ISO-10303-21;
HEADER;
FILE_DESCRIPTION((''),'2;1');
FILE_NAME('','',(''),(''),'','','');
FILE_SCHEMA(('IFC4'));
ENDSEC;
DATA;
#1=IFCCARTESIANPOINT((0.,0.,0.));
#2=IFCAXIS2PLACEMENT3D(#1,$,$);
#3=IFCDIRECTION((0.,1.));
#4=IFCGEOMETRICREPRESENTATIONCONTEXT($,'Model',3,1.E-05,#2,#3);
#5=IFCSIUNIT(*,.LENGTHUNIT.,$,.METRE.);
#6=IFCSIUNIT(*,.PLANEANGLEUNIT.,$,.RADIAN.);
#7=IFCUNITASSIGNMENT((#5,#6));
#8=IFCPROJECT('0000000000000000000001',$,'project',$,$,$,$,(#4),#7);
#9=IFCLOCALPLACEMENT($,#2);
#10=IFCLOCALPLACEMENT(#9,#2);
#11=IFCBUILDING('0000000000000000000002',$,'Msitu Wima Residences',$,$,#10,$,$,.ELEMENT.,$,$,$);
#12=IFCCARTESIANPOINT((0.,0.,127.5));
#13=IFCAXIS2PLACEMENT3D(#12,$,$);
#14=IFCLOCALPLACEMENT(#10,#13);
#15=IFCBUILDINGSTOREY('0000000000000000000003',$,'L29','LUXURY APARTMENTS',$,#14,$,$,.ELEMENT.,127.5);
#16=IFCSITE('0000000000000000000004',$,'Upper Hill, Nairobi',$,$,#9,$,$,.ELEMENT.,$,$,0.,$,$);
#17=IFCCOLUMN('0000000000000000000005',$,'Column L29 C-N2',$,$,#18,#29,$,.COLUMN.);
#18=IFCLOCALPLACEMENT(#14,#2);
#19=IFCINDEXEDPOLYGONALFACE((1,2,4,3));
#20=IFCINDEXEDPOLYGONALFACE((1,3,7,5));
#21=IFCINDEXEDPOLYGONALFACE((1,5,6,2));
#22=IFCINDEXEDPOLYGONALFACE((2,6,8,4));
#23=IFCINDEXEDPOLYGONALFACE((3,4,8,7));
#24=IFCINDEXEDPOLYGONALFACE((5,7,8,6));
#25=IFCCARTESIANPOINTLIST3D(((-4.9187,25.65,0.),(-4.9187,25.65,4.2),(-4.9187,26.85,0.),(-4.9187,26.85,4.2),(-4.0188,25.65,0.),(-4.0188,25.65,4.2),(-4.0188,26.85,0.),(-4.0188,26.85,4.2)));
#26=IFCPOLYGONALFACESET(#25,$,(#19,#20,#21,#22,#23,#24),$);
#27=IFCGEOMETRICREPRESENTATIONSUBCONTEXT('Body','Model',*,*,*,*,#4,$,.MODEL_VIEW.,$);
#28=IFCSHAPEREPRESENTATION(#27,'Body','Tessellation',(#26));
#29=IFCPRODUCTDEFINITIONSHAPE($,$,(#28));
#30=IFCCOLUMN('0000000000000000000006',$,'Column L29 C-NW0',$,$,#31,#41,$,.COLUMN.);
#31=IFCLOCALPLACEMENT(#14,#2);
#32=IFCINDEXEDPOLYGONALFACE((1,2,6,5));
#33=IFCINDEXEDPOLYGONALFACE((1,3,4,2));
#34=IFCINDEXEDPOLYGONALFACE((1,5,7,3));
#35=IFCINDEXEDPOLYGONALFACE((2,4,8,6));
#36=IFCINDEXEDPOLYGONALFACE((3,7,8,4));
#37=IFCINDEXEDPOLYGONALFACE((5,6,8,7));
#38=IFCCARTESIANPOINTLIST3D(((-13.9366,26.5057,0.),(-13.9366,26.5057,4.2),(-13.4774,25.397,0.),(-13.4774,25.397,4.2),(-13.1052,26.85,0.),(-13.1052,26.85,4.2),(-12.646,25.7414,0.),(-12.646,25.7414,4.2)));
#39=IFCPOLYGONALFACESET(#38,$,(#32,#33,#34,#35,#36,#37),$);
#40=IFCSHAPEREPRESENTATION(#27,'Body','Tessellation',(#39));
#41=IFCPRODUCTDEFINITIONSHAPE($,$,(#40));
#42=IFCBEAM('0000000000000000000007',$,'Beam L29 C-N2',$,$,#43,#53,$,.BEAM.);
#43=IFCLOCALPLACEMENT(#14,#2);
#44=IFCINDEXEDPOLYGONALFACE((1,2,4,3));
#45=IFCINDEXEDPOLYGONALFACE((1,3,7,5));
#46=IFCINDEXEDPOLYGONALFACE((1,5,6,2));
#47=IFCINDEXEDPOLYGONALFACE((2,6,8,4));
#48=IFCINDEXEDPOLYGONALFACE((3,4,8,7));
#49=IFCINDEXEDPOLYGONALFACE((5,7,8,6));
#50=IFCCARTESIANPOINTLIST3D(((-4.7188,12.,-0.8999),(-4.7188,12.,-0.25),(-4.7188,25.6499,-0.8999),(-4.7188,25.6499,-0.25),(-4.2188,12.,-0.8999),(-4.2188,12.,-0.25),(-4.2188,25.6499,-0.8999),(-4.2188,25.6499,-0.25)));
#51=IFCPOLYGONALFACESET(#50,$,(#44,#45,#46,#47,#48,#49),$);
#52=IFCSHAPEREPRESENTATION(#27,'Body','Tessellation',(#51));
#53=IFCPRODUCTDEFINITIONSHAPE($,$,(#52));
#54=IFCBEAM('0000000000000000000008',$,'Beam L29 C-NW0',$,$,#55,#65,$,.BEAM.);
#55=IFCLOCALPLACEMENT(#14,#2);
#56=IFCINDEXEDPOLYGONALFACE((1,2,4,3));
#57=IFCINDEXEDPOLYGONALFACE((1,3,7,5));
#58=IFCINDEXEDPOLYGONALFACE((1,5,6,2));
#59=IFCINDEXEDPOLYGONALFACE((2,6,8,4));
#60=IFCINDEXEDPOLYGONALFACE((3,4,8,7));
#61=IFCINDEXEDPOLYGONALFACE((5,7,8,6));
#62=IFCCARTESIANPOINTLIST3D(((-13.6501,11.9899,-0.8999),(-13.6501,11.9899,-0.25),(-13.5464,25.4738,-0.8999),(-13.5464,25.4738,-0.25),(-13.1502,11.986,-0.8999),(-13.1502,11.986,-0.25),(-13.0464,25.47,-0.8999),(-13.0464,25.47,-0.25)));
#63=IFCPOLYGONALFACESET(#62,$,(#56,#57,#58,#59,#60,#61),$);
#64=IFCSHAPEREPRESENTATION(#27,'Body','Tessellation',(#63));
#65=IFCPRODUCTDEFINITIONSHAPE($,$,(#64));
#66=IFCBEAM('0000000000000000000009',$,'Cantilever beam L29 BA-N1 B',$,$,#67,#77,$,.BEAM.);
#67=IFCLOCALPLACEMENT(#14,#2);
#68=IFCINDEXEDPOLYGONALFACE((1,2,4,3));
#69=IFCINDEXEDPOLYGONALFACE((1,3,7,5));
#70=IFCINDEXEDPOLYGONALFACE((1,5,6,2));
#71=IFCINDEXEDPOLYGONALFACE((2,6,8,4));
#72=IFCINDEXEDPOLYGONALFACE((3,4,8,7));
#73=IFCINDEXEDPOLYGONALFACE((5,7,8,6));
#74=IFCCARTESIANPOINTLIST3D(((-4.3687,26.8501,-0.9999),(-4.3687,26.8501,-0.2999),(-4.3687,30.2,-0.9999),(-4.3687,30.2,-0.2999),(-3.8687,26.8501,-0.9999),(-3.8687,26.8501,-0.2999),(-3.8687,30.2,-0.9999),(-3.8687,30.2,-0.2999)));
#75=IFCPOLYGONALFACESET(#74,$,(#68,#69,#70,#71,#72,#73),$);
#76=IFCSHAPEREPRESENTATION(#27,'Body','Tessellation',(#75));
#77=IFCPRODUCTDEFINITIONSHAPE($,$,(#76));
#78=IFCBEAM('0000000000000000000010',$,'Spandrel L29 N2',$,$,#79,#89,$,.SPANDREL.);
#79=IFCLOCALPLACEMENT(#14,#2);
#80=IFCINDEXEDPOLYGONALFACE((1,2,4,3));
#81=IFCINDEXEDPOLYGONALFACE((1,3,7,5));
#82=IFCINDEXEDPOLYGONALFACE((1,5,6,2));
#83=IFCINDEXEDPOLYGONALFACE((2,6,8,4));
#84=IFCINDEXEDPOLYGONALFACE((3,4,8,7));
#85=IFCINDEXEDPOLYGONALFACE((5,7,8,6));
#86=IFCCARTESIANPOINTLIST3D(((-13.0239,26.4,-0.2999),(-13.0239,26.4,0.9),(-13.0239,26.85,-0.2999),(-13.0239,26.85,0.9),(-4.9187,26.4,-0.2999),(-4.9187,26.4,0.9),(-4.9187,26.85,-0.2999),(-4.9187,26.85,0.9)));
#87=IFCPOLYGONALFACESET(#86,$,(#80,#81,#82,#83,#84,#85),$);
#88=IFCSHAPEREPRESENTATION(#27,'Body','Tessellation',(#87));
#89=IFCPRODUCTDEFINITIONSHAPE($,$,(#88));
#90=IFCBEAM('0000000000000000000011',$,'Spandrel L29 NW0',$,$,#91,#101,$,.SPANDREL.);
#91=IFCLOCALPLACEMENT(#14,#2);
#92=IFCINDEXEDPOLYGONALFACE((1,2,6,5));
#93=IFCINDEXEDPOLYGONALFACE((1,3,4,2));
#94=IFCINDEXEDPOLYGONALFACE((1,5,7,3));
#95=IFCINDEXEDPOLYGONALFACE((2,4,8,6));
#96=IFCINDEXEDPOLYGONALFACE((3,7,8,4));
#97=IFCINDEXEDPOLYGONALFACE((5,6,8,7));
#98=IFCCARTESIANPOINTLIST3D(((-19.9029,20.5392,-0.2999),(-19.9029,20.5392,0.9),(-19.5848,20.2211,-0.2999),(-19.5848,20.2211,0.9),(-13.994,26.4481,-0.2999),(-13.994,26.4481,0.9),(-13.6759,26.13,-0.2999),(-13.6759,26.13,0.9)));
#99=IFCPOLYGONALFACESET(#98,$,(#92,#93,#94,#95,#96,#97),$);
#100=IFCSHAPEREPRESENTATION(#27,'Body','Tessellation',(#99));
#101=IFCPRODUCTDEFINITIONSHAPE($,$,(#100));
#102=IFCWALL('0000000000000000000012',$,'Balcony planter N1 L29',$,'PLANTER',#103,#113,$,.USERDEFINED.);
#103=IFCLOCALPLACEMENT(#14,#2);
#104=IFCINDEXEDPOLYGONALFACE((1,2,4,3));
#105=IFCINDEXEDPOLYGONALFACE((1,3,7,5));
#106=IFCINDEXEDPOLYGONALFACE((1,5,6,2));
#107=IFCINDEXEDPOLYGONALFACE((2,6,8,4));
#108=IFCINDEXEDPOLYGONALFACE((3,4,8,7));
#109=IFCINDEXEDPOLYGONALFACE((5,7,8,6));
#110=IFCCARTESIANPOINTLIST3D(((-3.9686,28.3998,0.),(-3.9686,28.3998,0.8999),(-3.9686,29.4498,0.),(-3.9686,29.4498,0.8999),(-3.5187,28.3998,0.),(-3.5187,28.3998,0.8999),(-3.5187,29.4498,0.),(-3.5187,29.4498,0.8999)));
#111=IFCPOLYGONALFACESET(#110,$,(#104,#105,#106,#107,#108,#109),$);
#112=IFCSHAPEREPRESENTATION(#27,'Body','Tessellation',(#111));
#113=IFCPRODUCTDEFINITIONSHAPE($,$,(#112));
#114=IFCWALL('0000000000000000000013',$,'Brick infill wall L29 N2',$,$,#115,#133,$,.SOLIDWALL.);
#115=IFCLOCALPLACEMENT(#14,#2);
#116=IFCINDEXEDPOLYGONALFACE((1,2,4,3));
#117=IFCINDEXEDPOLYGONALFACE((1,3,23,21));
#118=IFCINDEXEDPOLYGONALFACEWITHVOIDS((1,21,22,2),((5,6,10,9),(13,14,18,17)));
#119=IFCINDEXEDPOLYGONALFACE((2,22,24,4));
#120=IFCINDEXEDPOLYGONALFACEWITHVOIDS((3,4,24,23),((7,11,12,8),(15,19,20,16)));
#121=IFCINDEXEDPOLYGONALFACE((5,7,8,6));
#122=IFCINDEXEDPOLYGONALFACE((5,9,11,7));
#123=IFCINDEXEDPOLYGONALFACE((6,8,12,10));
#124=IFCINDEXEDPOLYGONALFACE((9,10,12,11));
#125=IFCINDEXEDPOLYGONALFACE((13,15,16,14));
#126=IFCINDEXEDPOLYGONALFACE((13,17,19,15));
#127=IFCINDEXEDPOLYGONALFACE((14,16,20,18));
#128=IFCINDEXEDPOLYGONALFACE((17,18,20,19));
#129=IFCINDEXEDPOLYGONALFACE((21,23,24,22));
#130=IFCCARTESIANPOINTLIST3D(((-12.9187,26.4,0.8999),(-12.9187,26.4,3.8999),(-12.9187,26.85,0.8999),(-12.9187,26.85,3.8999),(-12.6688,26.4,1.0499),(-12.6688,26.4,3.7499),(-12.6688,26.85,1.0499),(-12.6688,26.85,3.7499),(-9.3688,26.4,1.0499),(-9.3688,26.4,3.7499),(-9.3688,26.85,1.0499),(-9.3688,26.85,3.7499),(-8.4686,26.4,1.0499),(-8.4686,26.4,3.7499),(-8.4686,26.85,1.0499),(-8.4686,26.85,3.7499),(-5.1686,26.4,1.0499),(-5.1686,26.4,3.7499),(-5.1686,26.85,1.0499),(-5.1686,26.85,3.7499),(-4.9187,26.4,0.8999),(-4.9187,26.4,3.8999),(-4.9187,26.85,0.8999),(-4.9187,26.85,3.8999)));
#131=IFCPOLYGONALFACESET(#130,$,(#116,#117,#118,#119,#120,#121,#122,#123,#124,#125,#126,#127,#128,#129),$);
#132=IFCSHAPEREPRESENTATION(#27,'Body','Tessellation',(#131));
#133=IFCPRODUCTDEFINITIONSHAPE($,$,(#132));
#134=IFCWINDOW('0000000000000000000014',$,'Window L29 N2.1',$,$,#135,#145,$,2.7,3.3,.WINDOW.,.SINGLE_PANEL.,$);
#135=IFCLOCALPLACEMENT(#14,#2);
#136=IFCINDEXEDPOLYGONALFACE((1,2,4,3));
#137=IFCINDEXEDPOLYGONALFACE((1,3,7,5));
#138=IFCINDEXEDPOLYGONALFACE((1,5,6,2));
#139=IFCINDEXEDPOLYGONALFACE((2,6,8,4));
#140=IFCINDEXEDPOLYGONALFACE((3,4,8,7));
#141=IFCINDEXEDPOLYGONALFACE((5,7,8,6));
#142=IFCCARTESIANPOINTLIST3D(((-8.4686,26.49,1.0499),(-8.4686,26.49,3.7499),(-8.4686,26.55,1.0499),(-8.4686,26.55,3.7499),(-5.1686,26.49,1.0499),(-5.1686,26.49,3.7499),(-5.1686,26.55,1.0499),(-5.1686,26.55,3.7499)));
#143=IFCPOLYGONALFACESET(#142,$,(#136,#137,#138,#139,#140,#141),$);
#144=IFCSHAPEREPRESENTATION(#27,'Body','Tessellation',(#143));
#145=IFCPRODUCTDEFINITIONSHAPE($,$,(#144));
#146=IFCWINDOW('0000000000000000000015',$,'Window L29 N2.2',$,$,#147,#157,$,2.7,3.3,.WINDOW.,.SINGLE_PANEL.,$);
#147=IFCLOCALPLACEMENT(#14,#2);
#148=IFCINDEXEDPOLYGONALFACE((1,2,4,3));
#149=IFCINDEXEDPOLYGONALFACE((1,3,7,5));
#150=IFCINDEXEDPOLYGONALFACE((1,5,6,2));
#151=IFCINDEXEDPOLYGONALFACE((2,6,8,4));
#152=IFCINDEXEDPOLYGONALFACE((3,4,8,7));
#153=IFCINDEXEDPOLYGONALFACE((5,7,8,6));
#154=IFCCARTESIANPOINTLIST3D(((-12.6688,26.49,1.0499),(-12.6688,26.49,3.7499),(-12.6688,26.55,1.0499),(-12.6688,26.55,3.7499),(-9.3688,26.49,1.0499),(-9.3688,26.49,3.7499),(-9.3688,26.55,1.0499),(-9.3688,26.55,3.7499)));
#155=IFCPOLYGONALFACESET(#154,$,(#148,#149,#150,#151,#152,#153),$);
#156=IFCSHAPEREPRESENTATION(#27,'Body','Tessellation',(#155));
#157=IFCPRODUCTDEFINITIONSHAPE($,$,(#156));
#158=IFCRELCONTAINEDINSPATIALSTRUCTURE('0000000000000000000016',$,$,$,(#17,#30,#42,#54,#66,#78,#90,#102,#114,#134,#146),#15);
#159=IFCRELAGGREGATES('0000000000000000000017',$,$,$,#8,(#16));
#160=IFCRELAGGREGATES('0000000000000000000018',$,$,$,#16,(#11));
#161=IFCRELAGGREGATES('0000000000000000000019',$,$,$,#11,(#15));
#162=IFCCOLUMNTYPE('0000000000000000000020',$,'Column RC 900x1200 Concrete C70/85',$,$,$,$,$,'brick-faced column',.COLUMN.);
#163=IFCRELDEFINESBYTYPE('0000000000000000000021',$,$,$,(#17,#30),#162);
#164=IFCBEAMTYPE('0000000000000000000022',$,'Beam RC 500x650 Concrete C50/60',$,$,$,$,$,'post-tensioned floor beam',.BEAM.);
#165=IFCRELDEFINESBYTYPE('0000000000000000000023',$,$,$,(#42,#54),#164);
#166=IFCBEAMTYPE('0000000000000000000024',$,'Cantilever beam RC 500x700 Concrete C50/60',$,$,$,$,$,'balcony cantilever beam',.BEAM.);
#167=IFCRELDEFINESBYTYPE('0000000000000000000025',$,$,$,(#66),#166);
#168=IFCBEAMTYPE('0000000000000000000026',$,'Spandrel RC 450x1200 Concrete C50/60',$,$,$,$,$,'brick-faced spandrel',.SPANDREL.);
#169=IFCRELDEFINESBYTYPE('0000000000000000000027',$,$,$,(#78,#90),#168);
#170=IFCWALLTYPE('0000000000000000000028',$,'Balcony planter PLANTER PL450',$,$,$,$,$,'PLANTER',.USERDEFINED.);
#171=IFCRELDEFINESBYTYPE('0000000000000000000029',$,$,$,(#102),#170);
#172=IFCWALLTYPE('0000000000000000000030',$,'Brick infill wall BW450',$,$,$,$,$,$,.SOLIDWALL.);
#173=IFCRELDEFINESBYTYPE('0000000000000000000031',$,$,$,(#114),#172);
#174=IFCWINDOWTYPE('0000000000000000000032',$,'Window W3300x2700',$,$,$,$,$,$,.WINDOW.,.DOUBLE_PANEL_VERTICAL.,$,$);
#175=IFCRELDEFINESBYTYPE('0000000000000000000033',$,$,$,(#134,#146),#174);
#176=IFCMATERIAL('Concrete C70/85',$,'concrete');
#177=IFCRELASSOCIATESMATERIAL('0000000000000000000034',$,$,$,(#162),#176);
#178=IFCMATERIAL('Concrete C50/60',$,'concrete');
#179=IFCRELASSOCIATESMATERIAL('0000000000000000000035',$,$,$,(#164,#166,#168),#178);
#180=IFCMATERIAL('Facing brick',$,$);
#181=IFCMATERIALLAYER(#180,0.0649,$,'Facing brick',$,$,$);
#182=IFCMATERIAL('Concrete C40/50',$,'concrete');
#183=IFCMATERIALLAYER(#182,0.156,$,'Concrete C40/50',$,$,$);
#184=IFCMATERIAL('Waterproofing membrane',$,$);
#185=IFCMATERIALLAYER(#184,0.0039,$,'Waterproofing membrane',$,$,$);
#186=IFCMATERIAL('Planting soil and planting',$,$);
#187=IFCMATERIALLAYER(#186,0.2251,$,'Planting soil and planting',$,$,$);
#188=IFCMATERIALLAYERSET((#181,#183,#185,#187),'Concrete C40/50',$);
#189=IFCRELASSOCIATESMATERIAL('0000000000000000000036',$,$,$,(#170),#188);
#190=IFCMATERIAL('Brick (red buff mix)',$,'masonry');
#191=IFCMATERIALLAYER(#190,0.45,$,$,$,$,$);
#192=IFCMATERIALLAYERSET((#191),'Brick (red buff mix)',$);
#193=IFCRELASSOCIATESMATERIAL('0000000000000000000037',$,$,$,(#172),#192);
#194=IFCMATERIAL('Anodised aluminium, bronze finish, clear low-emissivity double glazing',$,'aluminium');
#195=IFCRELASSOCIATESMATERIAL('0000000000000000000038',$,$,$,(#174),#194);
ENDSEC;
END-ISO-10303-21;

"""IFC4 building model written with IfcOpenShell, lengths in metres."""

from ifc_helpers import new_model, si_unit, direction, frame, frame_2d, origin, origin_2d, place, context, subcontext, project, spatial, rectangle, extrude, material, layer, layer_set, material_profile, profile_set, type_object, element, fill, save


model = new_model("IFC4")

# Units and contexts
model_context = context("Model", 3, precision=1e-05, world=origin(), true_north=direction((0.0, 1.0)))
body_context = subcontext(model_context, "Body", "Model", "MODEL_VIEW")
ifc_project = project(units=[si_unit("LENGTHUNIT", "METRE"), si_unit("PLANEANGLEUNIT", "RADIAN")], contexts=[model_context])

# Site, building, storey
site_placement = place(None, origin())
site = spatial("IfcSite", under=ifc_project, at=site_placement, Name="Upper Hill, Nairobi", CompositionType="ELEMENT", RefElevation=0.0)
building_placement = place(site_placement, origin())
building = spatial("IfcBuilding", under=site, at=building_placement, Name="Msitu Wima Residences", CompositionType="ELEMENT")
storey_placement = place(building_placement, frame((0.0, 0.0, 127.5)))
storey = spatial("IfcBuildingStorey", under=building, at=storey_placement, Name="L29", Description="LUXURY APARTMENTS", CompositionType="ELEMENT", Elevation=127.5)

# Columns
ifc_material_1 = material(Name="Concrete C70/85", Category="concrete")
ifc_material_profile_1 = material_profile(ifc_material_1, rectangle(XDim=0.8999, YDim=1.2, at=origin_2d()), Name="RC 900x1200")
ifc_profile_set_1 = profile_set([ifc_material_profile_1], Name="Concrete C70/85")
column_type = type_object("IfcColumnType", Name="Column RC 900x1200 Concrete C70/85", ElementType="brick-faced column", PredefinedType="COLUMN", material=ifc_profile_set_1)
for number, where, z_axis, x_axis, name in (
    (1, (-4.4688, 26.25, 0.0), (0.0, 0.0, 1.0), (-1.0, 0.0, 0.0), "Column L29 C-N2"),
    (2, (-13.2913, 26.1235, 0.0), (0.0, 0.0, 1.0), (-0.92388, -0.382683, 0.0), "Column L29 C-NW0"),
):
    element("IfcColumn", number, at=place(storey_placement, frame(where, z_axis=z_axis, x_axis=x_axis)), inside=storey, type_object=column_type, Name=name, PredefinedType="COLUMN", context=body_context, shape_type="SweptSolid", body=[
        extrude(rectangle(XDim=0.8999, YDim=1.2, at=origin_2d()), origin(), (0.0, 0.0, 1.0), 4.2),
    ])

# Beams
ifc_material_2 = material(Name="Concrete C50/60", Category="concrete")
ifc_material_profile_2 = material_profile(ifc_material_2, rectangle(XDim=0.5, YDim=0.6499, at=origin_2d()), Name="RC 500x650")
ifc_profile_set_2 = profile_set([ifc_material_profile_2], Name="Concrete C50/60")
beam_type_1 = type_object("IfcBeamType", Name="Beam RC 500x650 Concrete C50/60", ElementType="post-tensioned floor beam", PredefinedType="BEAM", material=ifc_profile_set_2)
beam_1_placement = place(storey_placement, frame((-4.4688, 25.6499, -0.575), z_axis=(0.0, -1.0, 0.0), x_axis=(1.0, 0.0, 0.0)))
element("IfcBeam", 3, at=beam_1_placement, inside=storey, type_object=beam_type_1, Name="Beam L29 C-N2", PredefinedType="BEAM", context=body_context, shape_type="SweptSolid", body=[
    extrude(rectangle(XDim=0.5, YDim=0.6499, at=origin_2d()), origin(), (0.0, 0.0, 1.0), 13.6499),
])
beam_2_placement = place(storey_placement, frame((-13.2964, 25.4719, -0.575), z_axis=(-0.007695, -0.99997, 0.0), x_axis=(0.99997, -0.007695, 0.0)))
element("IfcBeam", 4, at=beam_2_placement, inside=storey, type_object=beam_type_1, Name="Beam L29 C-NW0", PredefinedType="BEAM", context=body_context, shape_type="SweptSolid", body=[
    extrude(rectangle(XDim=0.5, YDim=0.6499, at=origin_2d()), origin(), (0.0, 0.0, 1.0), 13.4844),
])
ifc_material_profile_3 = material_profile(ifc_material_2, rectangle(XDim=0.5, YDim=0.7, at=origin_2d()), Name="RC 500x700")
ifc_profile_set_3 = profile_set([ifc_material_profile_3], Name="Concrete C50/60")
beam_type_2 = type_object("IfcBeamType", Name="Cantilever beam RC 500x700 Concrete C50/60", ElementType="balcony cantilever beam", PredefinedType="BEAM", material=ifc_profile_set_3)
beam_3_placement = place(storey_placement, frame((-4.1187, 26.8501, -0.6499), z_axis=(0.0, 1.0, 0.0), x_axis=(-1.0, 0.0, 0.0)))
element("IfcBeam", 5, at=beam_3_placement, inside=storey, type_object=beam_type_2, Name="Cantilever beam L29 BA-N1 B", PredefinedType="BEAM", context=body_context, shape_type="SweptSolid", body=[
    extrude(rectangle(XDim=0.5, YDim=0.7, at=origin_2d()), origin(), (0.0, 0.0, 1.0), 3.3499),
])
ifc_material_profile_4 = material_profile(ifc_material_2, rectangle(XDim=0.45, YDim=1.2, at=origin_2d()), Name="RC 450x1200")
ifc_profile_set_4 = profile_set([ifc_material_profile_4], Name="Concrete C50/60")
beam_type_3 = type_object("IfcBeamType", Name="Spandrel RC 450x1200 Concrete C50/60", ElementType="brick-faced spandrel", PredefinedType="SPANDREL", material=ifc_profile_set_4)
beam_4_placement = place(storey_placement, frame((-4.9187, 26.625, 0.3), z_axis=(-1.0, 0.0, 0.0), x_axis=(0.0, -1.0, 0.0)))
element("IfcBeam", 6, at=beam_4_placement, inside=storey, type_object=beam_type_3, Name="Spandrel L29 N2", PredefinedType="SPANDREL", context=body_context, shape_type="SweptSolid", body=[
    extrude(rectangle(XDim=0.45, YDim=1.2, at=origin_2d()), origin(), (0.0, 0.0, 1.0), 8.1052),
])
beam_5_placement = place(storey_placement, frame((-13.835, 26.2891, 0.3), z_axis=(-0.707107, -0.707107, 0.0), x_axis=(0.707107, -0.707107, 0.0)))
element("IfcBeam", 7, at=beam_5_placement, inside=storey, type_object=beam_type_3, Name="Spandrel L29 NW0", PredefinedType="SPANDREL", context=body_context, shape_type="SweptSolid", body=[
    extrude(rectangle(XDim=0.45, YDim=1.2, at=origin_2d()), origin(), (0.0, 0.0, 1.0), 8.3564),
])

# Wall
ifc_material_3 = material(Name="Facing brick")
ifc_layer_1 = layer(ifc_material_3, 0.0649, Name="Facing brick")
ifc_material_4 = material(Name="Concrete C40/50", Category="concrete")
ifc_layer_2 = layer(ifc_material_4, 0.156, Name="Concrete C40/50")
ifc_material_5 = material(Name="Waterproofing membrane")
ifc_layer_3 = layer(ifc_material_5, 0.0039, Name="Waterproofing membrane")
ifc_material_6 = material(Name="Planting soil and planting")
ifc_layer_4 = layer(ifc_material_6, 0.2251, Name="Planting soil and planting")
ifc_layer_set_1 = layer_set([ifc_layer_1, ifc_layer_2, ifc_layer_3, ifc_layer_4], Name="Concrete C40/50")
wall_type_1 = type_object("IfcWallType", Name="Balcony planter PLANTER PL450", ElementType="PLANTER", PredefinedType="USERDEFINED", material=ifc_layer_set_1)
wall_1_placement = place(storey_placement, frame((-3.7437, 28.3999, 0.0), z_axis=(0.0, 0.0, 1.0), x_axis=(0.0, 1.0, 0.0)))
element("IfcWall", 8, at=wall_1_placement, inside=storey, type_object=wall_type_1, Name="Balcony planter N1 L29", ObjectType="PLANTER", PredefinedType="USERDEFINED", context=body_context, shape_type="SweptSolid", body=[
    extrude(rectangle(XDim=1.05, YDim=0.45, at=frame_2d((0.5249, 0.0))), origin(), (0.0, 0.0, 1.0), 0.8999),
])

# Wall, openings, windows
ifc_material_7 = material(Name="Brick (red buff mix)", Category="masonry")
ifc_layer_5 = layer(ifc_material_7, 0.45)
ifc_layer_set_2 = layer_set([ifc_layer_5], Name="Brick (red buff mix)")
wall_type_2 = type_object("IfcWallType", Name="Brick infill wall BW450", PredefinedType="SOLIDWALL", material=ifc_layer_set_2)
wall_2_placement = place(storey_placement, frame((-4.9187, 26.625, 0.8999), z_axis=(0.0, 0.0, 1.0), x_axis=(-1.0, 0.0, 0.0)))
wall_2 = element("IfcWall", 9, at=wall_2_placement, inside=storey, type_object=wall_type_2, Name="Brick infill wall L29 N2", PredefinedType="SOLIDWALL", context=body_context, shape_type="SweptSolid", body=[
    extrude(rectangle(XDim=8.0, YDim=0.45, at=frame_2d((4.0, 0.0))), origin(), (0.0, 0.0, 1.0), 3.0),
])
opening_1_placement = place(wall_2_placement, frame((0.25, 0.0, 0.1499)))
opening_1 = element("IfcOpeningElement", 10, at=opening_1_placement, cuts=wall_2, PredefinedType="OPENING", context=body_context, shape_type="SweptSolid", body=[
    extrude(rectangle(XDim=3.3, YDim=2.7, at=frame_2d((1.6499, 1.3501))), frame((0.0, 0.2349, 0.0), z_axis=(0.0, -1.0, 0.0), x_axis=(1.0, 0.0, 0.0)), (0.0, 0.0, 1.0), 0.47),
])
opening_2_placement = place(wall_2_placement, frame((4.4502, 0.0, 0.1499)))
opening_2 = element("IfcOpeningElement", 11, at=opening_2_placement, cuts=wall_2, PredefinedType="OPENING", context=body_context, shape_type="SweptSolid", body=[
    extrude(rectangle(XDim=3.3, YDim=2.7, at=frame_2d((1.6499, 1.3501))), frame((0.0, 0.2349, 0.0), z_axis=(0.0, -1.0, 0.0), x_axis=(1.0, 0.0, 0.0)), (0.0, 0.0, 1.0), 0.47),
])
ifc_material_8 = material(Name="Anodised aluminium, bronze finish, clear low-emissivity double glazing", Category="aluminium")
window_type = type_object("IfcWindowType", Name="Window W3300x2700", PartitioningType="DOUBLE_PANEL_VERTICAL", PredefinedType="WINDOW", material=ifc_material_8)
window_1_placement = place(opening_1_placement, origin())
window_1 = element("IfcWindow", 12, at=window_1_placement, inside=storey, type_object=window_type, Name="Window L29 N2.1", OverallHeight=2.7, OverallWidth=3.3, PartitioningType="SINGLE_PANEL", PredefinedType="WINDOW", context=body_context, shape_type="SweptSolid", body=[
    extrude(rectangle(XDim=3.3, YDim=2.7, at=frame_2d((1.6499, 1.3501))), frame((0.0, 0.135, 0.0), z_axis=(0.0, -1.0, 0.0), x_axis=(1.0, 0.0, 0.0)), (0.0, 0.0, 1.0), 0.0601),
])
fill(opening_1, window_1)
window_2_placement = place(opening_2_placement, origin())
window_2 = element("IfcWindow", 13, at=window_2_placement, inside=storey, type_object=window_type, Name="Window L29 N2.2", OverallHeight=2.7, OverallWidth=3.3, PartitioningType="SINGLE_PANEL", PredefinedType="WINDOW", context=body_context, shape_type="SweptSolid", body=[
    extrude(rectangle(XDim=3.3, YDim=2.7, at=frame_2d((1.6499, 1.3501))), frame((0.0, 0.135, 0.0), z_axis=(0.0, -1.0, 0.0), x_axis=(1.0, 0.0, 0.0)), (0.0, 0.0, 1.0), 0.0601),
])
fill(opening_2, window_2)

save(model, "model.ifc")
